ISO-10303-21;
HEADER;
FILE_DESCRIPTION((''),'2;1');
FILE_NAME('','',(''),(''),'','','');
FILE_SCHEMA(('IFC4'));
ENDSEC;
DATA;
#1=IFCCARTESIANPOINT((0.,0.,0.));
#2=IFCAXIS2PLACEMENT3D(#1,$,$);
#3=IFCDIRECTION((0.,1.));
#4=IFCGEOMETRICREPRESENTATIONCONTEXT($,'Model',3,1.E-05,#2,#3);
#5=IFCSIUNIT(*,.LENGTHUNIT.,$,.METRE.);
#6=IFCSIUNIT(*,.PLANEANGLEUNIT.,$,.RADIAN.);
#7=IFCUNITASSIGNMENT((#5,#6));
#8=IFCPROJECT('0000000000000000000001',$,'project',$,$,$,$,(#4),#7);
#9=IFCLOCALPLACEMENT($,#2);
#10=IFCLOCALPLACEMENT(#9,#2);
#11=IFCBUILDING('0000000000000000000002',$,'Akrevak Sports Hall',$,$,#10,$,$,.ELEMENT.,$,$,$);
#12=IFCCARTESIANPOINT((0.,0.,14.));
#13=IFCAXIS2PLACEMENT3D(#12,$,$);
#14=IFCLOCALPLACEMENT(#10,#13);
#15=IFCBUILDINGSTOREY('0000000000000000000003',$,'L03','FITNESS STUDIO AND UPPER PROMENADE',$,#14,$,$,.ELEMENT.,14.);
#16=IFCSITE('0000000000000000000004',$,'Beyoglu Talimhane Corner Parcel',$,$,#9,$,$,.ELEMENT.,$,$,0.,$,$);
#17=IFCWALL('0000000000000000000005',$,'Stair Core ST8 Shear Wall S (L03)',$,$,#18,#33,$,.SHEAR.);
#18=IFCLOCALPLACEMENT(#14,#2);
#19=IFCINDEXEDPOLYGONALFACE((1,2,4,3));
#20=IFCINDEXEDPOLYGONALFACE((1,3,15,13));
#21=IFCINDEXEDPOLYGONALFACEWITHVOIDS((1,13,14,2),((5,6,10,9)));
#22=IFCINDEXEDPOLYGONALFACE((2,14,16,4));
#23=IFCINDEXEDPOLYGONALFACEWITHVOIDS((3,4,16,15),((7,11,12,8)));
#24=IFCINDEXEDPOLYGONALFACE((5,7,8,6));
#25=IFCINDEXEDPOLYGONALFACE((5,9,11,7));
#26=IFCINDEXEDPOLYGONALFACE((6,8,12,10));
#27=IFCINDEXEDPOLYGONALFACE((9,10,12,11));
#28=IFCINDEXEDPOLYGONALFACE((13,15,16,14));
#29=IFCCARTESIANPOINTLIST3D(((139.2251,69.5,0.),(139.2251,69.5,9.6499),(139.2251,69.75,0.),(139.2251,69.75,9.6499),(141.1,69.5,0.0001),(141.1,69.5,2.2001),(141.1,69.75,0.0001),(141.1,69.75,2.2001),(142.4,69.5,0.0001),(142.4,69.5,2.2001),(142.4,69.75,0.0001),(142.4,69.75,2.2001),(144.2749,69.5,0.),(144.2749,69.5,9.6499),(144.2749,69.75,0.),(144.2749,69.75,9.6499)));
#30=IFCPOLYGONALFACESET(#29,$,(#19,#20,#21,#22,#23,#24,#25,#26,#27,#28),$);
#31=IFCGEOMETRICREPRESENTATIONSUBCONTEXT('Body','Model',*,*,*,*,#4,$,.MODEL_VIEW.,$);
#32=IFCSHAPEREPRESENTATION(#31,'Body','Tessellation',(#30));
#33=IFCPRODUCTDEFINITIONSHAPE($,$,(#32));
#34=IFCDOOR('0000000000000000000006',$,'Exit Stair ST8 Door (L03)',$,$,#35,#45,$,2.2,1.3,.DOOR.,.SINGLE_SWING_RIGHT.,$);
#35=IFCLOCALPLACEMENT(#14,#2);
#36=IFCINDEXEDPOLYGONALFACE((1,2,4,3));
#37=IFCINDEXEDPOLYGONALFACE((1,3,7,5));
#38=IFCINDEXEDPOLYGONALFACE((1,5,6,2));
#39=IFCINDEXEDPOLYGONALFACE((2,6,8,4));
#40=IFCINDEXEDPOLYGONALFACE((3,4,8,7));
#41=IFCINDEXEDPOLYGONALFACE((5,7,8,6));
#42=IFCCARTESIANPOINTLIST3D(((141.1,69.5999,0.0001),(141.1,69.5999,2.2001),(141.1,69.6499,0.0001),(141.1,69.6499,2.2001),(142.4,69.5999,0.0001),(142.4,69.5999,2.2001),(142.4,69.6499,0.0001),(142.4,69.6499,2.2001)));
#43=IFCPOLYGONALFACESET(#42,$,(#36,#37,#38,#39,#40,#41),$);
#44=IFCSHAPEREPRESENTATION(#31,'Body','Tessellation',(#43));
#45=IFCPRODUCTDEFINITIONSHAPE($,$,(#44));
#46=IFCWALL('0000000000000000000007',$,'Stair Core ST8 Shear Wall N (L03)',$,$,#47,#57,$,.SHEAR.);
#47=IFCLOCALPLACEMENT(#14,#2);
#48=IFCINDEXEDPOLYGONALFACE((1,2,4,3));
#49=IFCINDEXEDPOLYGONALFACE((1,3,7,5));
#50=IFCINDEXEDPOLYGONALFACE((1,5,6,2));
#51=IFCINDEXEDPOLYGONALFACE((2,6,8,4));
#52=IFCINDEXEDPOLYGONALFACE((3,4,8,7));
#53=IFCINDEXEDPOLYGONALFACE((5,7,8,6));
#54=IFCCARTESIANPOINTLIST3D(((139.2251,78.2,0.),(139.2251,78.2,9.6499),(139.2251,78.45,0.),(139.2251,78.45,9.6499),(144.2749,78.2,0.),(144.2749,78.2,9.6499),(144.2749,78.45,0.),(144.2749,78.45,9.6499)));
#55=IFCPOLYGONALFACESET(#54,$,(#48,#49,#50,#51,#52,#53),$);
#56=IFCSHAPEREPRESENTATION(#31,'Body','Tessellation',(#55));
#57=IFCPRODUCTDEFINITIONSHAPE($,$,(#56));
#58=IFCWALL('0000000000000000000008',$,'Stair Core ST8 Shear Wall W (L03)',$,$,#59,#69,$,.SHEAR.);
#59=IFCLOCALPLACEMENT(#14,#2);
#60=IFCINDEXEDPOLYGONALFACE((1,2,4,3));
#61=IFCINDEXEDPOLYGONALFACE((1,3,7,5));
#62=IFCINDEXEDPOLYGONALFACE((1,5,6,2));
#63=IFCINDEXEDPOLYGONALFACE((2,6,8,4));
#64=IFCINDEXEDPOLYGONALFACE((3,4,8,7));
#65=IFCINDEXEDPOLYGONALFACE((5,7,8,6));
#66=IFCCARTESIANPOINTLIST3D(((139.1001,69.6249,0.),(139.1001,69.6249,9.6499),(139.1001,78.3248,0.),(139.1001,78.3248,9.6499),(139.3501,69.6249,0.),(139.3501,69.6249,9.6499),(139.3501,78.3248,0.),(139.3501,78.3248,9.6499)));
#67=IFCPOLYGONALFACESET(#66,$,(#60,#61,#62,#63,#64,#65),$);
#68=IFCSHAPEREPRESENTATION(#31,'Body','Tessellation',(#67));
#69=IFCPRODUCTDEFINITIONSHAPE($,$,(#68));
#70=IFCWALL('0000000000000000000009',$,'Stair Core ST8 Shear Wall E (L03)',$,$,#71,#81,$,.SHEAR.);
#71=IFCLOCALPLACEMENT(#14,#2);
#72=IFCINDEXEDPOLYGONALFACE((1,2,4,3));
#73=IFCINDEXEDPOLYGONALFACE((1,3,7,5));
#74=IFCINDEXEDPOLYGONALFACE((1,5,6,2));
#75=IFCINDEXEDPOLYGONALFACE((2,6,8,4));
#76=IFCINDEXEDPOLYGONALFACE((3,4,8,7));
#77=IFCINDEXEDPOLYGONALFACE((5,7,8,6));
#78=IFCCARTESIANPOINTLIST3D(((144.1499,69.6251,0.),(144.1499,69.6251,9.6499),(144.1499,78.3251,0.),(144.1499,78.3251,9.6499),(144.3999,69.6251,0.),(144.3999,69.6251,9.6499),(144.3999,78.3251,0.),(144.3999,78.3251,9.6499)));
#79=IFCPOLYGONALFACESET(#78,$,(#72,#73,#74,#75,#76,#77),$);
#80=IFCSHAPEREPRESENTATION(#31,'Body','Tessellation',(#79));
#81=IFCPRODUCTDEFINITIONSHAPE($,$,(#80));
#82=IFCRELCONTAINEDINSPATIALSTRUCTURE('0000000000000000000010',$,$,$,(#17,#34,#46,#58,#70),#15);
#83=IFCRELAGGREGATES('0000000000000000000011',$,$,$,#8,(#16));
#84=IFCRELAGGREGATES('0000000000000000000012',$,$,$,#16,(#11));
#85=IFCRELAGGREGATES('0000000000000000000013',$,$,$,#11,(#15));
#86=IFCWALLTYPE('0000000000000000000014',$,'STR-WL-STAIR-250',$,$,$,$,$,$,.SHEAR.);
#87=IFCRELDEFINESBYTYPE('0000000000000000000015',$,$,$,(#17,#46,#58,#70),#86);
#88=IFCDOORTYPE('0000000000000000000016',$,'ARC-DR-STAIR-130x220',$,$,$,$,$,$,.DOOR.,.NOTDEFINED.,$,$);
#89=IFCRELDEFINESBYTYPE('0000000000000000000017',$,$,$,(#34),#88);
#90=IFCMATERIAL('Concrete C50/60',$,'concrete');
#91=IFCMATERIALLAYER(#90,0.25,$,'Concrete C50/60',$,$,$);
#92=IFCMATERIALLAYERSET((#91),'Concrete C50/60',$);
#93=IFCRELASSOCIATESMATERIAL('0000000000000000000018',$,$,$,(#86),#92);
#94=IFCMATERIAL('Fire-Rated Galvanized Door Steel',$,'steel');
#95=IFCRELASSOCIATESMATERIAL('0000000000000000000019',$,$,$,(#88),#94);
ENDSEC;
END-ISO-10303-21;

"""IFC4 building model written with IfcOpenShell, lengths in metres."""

from ifc_helpers import new_model, si_unit, direction, frame, frame_2d, origin, place, context, subcontext, project, spatial, rectangle, extrude, material, layer, layer_set, type_object, element, fill, save


model = new_model("IFC4")

# Units and contexts
model_context = context("Model", 3, precision=1e-05, world=origin(), true_north=direction((0.0, 1.0)))
body_context = subcontext(model_context, "Body", "Model", "MODEL_VIEW")
ifc_project = project(units=[si_unit("LENGTHUNIT", "METRE"), si_unit("PLANEANGLEUNIT", "RADIAN")], contexts=[model_context])

# Site, building, storey
site_placement = place(None, origin())
site = spatial("IfcSite", under=ifc_project, at=site_placement, Name="Beyoglu Talimhane Corner Parcel", CompositionType="ELEMENT", RefElevation=0.0)
building_placement = place(site_placement, origin())
building = spatial("IfcBuilding", under=site, at=building_placement, Name="Akrevak Sports Hall", CompositionType="ELEMENT")
storey_placement = place(building_placement, frame((0.0, 0.0, 14.0)))
storey = spatial("IfcBuildingStorey", under=building, at=storey_placement, Name="L03", Description="FITNESS STUDIO AND UPPER PROMENADE", CompositionType="ELEMENT", Elevation=14.0)

# Shared definitions
ifc_material_1 = material(Name="Concrete C50/60", Category="concrete")

# Wall, opening, door
ifc_layer_1 = layer(ifc_material_1, 0.25, Name="Concrete C50/60")
ifc_layer_set_1 = layer_set([ifc_layer_1], Name="Concrete C50/60")
wall_type_1 = type_object("IfcWallType", Name="STR-WL-STAIR-250", PredefinedType="SHEAR", material=ifc_layer_set_1)
wall_1_placement = place(storey_placement, frame((139.2251, 69.625, 0.0), z_axis=(0.0, 0.0, 1.0), x_axis=(1.0, 0.0, 0.0)))
wall_1 = element("IfcWall", 1, at=wall_1_placement, inside=storey, type_object=wall_type_1, Name="Stair Core ST8 Shear Wall S (L03)", PredefinedType="SHEAR", context=body_context, shape_type="SweptSolid", body=[
    extrude(rectangle(XDim=5.0498, YDim=0.25, at=frame_2d((2.5249, 0.0))), origin(), (0.0, 0.0, 1.0), 9.6499),
])
opening_1_placement = place(wall_1_placement, frame((1.875, 0.0, 0.0)))
opening_1 = element("IfcOpeningElement", 2, at=opening_1_placement, cuts=wall_1, PredefinedType="OPENING", context=body_context, shape_type="SweptSolid", body=[
    extrude(rectangle(XDim=1.3, YDim=2.2, at=frame_2d((0.6499, 1.1001))), frame((0.0, 0.137, 0.0), z_axis=(0.0, -1.0, 0.0), x_axis=(1.0, 0.0, 0.0)), (0.0, 0.0, 1.0), 0.2739),
])
ifc_material_2 = material(Name="Fire-Rated Galvanized Door Steel", Category="steel")
door_type_1 = type_object("IfcDoorType", Name="ARC-DR-STAIR-130x220", OperationType="NOTDEFINED", PredefinedType="DOOR", material=ifc_material_2)
door_1_placement = place(opening_1_placement, origin())
door_1 = element("IfcDoor", 3, at=door_1_placement, inside=storey, type_object=door_type_1, Name="Exit Stair ST8 Door (L03)", OperationType="SINGLE_SWING_RIGHT", OverallHeight=2.2, OverallWidth=1.3, PredefinedType="DOOR", context=body_context, shape_type="SweptSolid", body=[
    extrude(rectangle(XDim=1.3, YDim=2.2, at=frame_2d((0.6499, 1.1001))), frame((0.0, 0.0249, 0.0), z_axis=(0.0, -1.0, 0.0), x_axis=(1.0, 0.0, 0.0)), (0.0, 0.0, 1.0), 0.05),
])
fill(opening_1, door_1)

# Walls
wall_2_placement = place(storey_placement, frame((144.2749, 78.325, 0.0), z_axis=(0.0, 0.0, 1.0), x_axis=(-1.0, 0.0, 0.0)))
element("IfcWall", 4, at=wall_2_placement, inside=storey, type_object=wall_type_1, Name="Stair Core ST8 Shear Wall N (L03)", PredefinedType="SHEAR", context=body_context, shape_type="SweptSolid", body=[
    extrude(rectangle(XDim=5.0498, YDim=0.25, at=frame_2d((2.5249, 0.0))), origin(), (0.0, 0.0, 1.0), 9.6499),
])
for number, where, z_axis, x_axis, name in (
    (5, (139.2251, 78.325, 0.0), (0.0, 0.0, 1.0), (0.0, -1.0, 0.0), "Stair Core ST8 Shear Wall W (L03)"),
    (6, (144.2749, 69.625, 0.0), (0.0, 0.0, 1.0), (0.0, 1.0, 0.0), "Stair Core ST8 Shear Wall E (L03)"),
):
    element("IfcWall", number, at=place(storey_placement, frame(where, z_axis=z_axis, x_axis=x_axis)), inside=storey, type_object=wall_type_1, Name=name, PredefinedType="SHEAR", context=body_context, shape_type="SweptSolid", body=[
        extrude(rectangle(XDim=8.7, YDim=0.25, at=frame_2d((4.3501, 0.0))), origin(), (0.0, 0.0, 1.0), 9.6499),
    ])

save(model, "model.ifc")
